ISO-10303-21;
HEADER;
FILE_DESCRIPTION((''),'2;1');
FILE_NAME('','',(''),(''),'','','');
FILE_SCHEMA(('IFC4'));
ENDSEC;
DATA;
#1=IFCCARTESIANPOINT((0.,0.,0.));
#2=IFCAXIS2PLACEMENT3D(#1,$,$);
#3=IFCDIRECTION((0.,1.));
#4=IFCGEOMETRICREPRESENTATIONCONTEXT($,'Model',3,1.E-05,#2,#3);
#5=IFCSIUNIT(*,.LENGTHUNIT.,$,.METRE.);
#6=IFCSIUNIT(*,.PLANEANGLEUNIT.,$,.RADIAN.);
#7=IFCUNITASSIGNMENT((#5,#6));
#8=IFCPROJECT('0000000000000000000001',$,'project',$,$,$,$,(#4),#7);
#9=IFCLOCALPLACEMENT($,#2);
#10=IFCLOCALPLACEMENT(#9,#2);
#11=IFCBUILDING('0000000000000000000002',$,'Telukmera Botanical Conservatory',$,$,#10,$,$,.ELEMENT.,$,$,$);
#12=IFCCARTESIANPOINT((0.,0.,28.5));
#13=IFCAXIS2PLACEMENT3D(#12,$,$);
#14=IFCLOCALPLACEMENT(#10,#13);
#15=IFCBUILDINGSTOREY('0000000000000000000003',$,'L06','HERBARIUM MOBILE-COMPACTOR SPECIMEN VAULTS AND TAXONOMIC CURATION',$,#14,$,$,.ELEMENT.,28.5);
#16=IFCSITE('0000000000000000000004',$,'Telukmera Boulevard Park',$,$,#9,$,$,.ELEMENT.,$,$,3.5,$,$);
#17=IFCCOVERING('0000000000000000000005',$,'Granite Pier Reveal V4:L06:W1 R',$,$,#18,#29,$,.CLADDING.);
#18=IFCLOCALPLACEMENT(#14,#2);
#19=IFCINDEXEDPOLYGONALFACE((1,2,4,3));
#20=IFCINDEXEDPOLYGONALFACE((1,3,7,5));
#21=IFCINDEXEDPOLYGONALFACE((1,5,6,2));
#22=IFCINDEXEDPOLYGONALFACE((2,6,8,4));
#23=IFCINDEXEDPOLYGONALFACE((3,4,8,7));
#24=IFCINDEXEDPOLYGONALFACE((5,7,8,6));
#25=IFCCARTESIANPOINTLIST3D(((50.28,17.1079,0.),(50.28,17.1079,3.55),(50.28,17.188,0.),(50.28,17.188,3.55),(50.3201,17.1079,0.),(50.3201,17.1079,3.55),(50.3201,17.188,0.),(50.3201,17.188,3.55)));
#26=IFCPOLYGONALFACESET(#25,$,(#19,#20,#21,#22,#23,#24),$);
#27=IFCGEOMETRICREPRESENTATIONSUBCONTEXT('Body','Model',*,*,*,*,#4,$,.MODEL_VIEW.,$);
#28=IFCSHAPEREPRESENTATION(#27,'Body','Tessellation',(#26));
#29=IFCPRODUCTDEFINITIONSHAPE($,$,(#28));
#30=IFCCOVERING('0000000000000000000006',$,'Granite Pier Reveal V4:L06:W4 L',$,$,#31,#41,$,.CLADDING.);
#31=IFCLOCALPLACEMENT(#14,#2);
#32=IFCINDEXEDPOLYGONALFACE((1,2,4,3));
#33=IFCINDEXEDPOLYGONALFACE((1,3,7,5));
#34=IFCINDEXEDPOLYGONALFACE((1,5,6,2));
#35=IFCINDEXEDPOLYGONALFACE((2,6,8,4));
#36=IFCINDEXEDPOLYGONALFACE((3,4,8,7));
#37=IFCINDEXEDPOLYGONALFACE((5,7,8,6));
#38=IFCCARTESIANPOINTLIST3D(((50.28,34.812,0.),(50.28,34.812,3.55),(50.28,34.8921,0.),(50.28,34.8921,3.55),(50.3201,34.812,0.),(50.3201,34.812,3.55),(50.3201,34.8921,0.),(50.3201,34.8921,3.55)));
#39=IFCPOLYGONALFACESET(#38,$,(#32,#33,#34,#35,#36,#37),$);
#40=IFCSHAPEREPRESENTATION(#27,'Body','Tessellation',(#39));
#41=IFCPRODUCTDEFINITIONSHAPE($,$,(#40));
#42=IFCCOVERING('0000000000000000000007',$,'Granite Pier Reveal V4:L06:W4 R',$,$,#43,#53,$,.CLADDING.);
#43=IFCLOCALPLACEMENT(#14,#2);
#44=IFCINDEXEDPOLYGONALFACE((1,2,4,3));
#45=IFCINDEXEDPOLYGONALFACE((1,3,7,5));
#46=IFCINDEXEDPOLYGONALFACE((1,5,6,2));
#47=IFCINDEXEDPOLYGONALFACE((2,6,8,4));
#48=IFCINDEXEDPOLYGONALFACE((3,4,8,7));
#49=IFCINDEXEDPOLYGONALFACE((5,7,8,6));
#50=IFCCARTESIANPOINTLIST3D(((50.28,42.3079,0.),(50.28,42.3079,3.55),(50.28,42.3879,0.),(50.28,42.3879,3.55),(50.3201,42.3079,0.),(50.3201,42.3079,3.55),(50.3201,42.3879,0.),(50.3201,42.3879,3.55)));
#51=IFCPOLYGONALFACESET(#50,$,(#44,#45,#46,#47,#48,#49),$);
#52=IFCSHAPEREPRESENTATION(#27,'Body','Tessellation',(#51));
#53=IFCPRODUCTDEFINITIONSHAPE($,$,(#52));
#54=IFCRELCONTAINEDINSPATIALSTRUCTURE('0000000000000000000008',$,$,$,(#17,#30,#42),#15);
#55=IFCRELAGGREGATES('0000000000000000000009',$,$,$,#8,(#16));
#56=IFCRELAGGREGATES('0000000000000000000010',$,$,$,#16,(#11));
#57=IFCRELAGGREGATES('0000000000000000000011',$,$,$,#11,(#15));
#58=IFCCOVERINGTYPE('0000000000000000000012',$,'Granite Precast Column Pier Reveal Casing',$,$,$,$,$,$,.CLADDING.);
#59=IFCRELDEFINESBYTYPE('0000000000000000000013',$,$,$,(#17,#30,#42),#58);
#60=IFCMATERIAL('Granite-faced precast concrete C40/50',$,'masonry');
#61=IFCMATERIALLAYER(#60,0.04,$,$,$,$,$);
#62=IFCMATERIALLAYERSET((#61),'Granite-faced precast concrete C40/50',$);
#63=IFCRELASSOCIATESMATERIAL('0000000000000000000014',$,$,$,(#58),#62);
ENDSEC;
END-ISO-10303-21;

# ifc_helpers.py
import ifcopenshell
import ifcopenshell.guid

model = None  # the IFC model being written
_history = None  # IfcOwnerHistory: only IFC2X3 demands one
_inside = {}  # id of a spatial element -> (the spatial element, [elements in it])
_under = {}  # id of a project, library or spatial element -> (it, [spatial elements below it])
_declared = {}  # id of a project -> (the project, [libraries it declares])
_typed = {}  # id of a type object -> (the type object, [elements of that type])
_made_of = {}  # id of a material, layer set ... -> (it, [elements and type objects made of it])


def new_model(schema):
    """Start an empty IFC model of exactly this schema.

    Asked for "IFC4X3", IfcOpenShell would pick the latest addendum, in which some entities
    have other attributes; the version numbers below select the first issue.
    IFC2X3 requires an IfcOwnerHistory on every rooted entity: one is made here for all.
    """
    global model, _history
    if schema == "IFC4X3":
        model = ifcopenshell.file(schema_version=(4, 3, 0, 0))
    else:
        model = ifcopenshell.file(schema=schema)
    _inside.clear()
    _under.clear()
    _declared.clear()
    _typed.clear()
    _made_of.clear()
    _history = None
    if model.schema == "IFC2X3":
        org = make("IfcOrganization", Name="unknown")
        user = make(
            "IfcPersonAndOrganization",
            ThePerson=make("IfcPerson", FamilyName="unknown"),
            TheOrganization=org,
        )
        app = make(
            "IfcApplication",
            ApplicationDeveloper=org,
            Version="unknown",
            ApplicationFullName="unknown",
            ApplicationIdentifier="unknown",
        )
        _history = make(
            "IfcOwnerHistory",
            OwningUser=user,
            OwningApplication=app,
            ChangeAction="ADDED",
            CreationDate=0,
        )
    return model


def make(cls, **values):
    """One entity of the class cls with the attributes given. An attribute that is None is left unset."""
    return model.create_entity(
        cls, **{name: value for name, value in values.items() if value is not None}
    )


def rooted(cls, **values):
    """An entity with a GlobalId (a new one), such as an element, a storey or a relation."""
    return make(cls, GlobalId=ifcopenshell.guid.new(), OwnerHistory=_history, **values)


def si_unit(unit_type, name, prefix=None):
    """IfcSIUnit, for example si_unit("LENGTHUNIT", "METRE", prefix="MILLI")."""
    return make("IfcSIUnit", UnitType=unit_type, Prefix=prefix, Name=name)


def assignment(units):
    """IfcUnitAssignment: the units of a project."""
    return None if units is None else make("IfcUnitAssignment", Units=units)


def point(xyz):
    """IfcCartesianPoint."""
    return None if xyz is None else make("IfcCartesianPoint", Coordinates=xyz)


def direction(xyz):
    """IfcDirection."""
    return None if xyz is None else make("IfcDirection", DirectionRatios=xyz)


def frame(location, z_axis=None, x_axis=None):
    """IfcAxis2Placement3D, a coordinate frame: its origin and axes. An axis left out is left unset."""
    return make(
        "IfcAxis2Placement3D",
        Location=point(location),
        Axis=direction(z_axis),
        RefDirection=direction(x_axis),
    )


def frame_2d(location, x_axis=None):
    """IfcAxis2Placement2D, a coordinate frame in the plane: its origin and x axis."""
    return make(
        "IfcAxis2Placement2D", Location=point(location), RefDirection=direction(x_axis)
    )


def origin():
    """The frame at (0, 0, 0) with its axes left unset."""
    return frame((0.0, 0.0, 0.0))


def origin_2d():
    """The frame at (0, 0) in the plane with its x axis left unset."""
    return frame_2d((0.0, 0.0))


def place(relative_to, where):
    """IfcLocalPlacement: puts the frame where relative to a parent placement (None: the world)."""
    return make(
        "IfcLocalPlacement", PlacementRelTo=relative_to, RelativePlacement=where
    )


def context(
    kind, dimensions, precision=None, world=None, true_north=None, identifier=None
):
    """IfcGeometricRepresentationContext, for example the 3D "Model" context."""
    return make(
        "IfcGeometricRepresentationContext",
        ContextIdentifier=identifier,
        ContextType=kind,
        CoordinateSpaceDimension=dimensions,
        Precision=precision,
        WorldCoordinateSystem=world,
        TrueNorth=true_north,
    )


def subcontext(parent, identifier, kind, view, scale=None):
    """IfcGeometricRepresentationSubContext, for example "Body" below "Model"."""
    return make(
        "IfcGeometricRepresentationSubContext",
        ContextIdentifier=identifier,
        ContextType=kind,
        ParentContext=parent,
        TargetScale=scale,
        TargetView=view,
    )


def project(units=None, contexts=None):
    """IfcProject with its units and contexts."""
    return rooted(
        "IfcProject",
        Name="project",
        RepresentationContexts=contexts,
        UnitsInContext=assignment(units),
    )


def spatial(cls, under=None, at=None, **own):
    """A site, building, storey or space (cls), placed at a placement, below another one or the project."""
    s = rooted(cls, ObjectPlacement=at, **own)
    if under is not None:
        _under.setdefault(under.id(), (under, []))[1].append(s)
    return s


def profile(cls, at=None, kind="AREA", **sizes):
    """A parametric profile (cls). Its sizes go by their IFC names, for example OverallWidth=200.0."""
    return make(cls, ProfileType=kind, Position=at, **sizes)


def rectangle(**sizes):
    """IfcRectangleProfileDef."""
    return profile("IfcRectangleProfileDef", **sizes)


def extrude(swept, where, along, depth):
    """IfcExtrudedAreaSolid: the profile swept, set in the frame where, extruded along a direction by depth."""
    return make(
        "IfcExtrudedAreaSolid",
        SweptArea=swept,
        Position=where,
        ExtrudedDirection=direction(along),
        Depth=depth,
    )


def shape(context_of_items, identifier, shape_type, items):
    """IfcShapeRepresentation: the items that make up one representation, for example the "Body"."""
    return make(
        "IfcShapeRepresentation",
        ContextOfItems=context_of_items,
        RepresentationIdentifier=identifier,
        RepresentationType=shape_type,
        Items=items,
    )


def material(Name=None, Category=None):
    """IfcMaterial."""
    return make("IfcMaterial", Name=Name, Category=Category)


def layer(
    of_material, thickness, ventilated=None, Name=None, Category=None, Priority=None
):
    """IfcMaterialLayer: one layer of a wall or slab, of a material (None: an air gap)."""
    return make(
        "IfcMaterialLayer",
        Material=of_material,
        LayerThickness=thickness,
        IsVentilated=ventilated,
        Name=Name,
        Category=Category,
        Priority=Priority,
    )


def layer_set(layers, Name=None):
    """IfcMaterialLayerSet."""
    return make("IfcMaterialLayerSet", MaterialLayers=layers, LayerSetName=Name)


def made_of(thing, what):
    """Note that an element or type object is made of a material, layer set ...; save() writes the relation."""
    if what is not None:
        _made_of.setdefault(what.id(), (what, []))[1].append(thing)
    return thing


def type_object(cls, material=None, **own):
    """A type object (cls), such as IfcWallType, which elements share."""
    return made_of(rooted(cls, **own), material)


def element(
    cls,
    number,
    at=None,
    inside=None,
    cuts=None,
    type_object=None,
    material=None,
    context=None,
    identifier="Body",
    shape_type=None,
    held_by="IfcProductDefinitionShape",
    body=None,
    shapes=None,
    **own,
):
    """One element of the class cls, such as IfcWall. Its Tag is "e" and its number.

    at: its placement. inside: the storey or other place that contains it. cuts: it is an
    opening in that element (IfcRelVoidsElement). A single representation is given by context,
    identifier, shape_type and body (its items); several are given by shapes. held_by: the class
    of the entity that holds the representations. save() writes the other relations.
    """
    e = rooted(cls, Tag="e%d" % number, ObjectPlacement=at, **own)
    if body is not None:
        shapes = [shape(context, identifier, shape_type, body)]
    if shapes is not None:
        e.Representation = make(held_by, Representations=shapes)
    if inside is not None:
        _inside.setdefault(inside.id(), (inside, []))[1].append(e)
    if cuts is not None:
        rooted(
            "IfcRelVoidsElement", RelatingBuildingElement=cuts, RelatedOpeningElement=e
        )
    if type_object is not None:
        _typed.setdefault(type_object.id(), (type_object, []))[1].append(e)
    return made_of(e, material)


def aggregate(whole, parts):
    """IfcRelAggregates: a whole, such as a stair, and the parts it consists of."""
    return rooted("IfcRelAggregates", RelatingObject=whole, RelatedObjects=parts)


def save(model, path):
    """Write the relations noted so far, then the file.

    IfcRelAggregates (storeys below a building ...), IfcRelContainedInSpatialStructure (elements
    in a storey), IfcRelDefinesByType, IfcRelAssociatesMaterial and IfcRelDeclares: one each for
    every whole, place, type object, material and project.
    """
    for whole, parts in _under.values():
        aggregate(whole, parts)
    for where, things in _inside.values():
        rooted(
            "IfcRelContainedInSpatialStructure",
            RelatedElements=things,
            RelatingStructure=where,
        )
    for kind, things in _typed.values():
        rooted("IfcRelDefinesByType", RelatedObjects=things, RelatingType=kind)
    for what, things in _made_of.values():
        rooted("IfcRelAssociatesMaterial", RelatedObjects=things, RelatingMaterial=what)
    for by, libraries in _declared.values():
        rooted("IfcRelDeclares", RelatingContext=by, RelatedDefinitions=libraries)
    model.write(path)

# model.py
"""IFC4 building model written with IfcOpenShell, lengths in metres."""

from ifc_helpers import new_model, si_unit, direction, frame, origin, origin_2d, place, context, subcontext, project, spatial, rectangle, extrude, material, layer, layer_set, type_object, element, save


model = new_model("IFC4")

# Units and contexts
model_context = context("Model", 3, precision=1e-05, world=origin(), true_north=direction((0.0, 1.0)))
body_context = subcontext(model_context, "Body", "Model", "MODEL_VIEW")
ifc_project = project(units=[si_unit("LENGTHUNIT", "METRE"), si_unit("PLANEANGLEUNIT", "RADIAN")], contexts=[model_context])

# Site, building, storey
site_placement = place(None, origin())
site = spatial("IfcSite", under=ifc_project, at=site_placement, Name="Telukmera Boulevard Park", CompositionType="ELEMENT", RefElevation=3.5)
building_placement = place(site_placement, origin())
building = spatial("IfcBuilding", under=site, at=building_placement, Name="Telukmera Botanical Conservatory", CompositionType="ELEMENT")
storey_placement = place(building_placement, frame((0.0, 0.0, 28.5)))
storey = spatial("IfcBuildingStorey", under=building, at=storey_placement, Name="L06", Description="HERBARIUM MOBILE-COMPACTOR SPECIMEN VAULTS AND TAXONOMIC CURATION", CompositionType="ELEMENT", Elevation=28.5)

# Coverings
ifc_material_1 = material(Name="Granite-faced precast concrete C40/50", Category="masonry")
ifc_layer_1 = layer(ifc_material_1, 0.04)
ifc_layer_set_1 = layer_set([ifc_layer_1], Name="Granite-faced precast concrete C40/50")
covering_type = type_object("IfcCoveringType", Name="Granite Precast Column Pier Reveal Casing", PredefinedType="CLADDING", material=ifc_layer_set_1)
for number, where, z_axis, x_axis, name in (
    (1, (50.3, 17.1479, 0.0), (0.0, 0.0, 1.0), (0.0, 1.0, 0.0), "Granite Pier Reveal V4:L06:W1 R"),
    (2, (50.3, 34.8521, 0.0), (0.0, 0.0, 1.0), (0.0, 1.0, 0.0), "Granite Pier Reveal V4:L06:W4 L"),
    (3, (50.3, 42.3479, 0.0), (0.0, 0.0, 1.0), (0.0, 1.0, 0.0), "Granite Pier Reveal V4:L06:W4 R"),
):
    element("IfcCovering", number, at=place(storey_placement, frame(where, z_axis=z_axis, x_axis=x_axis)), inside=storey, type_object=covering_type, Name=name, PredefinedType="CLADDING", context=body_context, shape_type="SweptSolid", body=[
        extrude(rectangle(XDim=0.0801, YDim=0.04, at=origin_2d()), origin(), (0.0, 0.0, 1.0), 3.55),
    ])

save(model, "model.ifc")
